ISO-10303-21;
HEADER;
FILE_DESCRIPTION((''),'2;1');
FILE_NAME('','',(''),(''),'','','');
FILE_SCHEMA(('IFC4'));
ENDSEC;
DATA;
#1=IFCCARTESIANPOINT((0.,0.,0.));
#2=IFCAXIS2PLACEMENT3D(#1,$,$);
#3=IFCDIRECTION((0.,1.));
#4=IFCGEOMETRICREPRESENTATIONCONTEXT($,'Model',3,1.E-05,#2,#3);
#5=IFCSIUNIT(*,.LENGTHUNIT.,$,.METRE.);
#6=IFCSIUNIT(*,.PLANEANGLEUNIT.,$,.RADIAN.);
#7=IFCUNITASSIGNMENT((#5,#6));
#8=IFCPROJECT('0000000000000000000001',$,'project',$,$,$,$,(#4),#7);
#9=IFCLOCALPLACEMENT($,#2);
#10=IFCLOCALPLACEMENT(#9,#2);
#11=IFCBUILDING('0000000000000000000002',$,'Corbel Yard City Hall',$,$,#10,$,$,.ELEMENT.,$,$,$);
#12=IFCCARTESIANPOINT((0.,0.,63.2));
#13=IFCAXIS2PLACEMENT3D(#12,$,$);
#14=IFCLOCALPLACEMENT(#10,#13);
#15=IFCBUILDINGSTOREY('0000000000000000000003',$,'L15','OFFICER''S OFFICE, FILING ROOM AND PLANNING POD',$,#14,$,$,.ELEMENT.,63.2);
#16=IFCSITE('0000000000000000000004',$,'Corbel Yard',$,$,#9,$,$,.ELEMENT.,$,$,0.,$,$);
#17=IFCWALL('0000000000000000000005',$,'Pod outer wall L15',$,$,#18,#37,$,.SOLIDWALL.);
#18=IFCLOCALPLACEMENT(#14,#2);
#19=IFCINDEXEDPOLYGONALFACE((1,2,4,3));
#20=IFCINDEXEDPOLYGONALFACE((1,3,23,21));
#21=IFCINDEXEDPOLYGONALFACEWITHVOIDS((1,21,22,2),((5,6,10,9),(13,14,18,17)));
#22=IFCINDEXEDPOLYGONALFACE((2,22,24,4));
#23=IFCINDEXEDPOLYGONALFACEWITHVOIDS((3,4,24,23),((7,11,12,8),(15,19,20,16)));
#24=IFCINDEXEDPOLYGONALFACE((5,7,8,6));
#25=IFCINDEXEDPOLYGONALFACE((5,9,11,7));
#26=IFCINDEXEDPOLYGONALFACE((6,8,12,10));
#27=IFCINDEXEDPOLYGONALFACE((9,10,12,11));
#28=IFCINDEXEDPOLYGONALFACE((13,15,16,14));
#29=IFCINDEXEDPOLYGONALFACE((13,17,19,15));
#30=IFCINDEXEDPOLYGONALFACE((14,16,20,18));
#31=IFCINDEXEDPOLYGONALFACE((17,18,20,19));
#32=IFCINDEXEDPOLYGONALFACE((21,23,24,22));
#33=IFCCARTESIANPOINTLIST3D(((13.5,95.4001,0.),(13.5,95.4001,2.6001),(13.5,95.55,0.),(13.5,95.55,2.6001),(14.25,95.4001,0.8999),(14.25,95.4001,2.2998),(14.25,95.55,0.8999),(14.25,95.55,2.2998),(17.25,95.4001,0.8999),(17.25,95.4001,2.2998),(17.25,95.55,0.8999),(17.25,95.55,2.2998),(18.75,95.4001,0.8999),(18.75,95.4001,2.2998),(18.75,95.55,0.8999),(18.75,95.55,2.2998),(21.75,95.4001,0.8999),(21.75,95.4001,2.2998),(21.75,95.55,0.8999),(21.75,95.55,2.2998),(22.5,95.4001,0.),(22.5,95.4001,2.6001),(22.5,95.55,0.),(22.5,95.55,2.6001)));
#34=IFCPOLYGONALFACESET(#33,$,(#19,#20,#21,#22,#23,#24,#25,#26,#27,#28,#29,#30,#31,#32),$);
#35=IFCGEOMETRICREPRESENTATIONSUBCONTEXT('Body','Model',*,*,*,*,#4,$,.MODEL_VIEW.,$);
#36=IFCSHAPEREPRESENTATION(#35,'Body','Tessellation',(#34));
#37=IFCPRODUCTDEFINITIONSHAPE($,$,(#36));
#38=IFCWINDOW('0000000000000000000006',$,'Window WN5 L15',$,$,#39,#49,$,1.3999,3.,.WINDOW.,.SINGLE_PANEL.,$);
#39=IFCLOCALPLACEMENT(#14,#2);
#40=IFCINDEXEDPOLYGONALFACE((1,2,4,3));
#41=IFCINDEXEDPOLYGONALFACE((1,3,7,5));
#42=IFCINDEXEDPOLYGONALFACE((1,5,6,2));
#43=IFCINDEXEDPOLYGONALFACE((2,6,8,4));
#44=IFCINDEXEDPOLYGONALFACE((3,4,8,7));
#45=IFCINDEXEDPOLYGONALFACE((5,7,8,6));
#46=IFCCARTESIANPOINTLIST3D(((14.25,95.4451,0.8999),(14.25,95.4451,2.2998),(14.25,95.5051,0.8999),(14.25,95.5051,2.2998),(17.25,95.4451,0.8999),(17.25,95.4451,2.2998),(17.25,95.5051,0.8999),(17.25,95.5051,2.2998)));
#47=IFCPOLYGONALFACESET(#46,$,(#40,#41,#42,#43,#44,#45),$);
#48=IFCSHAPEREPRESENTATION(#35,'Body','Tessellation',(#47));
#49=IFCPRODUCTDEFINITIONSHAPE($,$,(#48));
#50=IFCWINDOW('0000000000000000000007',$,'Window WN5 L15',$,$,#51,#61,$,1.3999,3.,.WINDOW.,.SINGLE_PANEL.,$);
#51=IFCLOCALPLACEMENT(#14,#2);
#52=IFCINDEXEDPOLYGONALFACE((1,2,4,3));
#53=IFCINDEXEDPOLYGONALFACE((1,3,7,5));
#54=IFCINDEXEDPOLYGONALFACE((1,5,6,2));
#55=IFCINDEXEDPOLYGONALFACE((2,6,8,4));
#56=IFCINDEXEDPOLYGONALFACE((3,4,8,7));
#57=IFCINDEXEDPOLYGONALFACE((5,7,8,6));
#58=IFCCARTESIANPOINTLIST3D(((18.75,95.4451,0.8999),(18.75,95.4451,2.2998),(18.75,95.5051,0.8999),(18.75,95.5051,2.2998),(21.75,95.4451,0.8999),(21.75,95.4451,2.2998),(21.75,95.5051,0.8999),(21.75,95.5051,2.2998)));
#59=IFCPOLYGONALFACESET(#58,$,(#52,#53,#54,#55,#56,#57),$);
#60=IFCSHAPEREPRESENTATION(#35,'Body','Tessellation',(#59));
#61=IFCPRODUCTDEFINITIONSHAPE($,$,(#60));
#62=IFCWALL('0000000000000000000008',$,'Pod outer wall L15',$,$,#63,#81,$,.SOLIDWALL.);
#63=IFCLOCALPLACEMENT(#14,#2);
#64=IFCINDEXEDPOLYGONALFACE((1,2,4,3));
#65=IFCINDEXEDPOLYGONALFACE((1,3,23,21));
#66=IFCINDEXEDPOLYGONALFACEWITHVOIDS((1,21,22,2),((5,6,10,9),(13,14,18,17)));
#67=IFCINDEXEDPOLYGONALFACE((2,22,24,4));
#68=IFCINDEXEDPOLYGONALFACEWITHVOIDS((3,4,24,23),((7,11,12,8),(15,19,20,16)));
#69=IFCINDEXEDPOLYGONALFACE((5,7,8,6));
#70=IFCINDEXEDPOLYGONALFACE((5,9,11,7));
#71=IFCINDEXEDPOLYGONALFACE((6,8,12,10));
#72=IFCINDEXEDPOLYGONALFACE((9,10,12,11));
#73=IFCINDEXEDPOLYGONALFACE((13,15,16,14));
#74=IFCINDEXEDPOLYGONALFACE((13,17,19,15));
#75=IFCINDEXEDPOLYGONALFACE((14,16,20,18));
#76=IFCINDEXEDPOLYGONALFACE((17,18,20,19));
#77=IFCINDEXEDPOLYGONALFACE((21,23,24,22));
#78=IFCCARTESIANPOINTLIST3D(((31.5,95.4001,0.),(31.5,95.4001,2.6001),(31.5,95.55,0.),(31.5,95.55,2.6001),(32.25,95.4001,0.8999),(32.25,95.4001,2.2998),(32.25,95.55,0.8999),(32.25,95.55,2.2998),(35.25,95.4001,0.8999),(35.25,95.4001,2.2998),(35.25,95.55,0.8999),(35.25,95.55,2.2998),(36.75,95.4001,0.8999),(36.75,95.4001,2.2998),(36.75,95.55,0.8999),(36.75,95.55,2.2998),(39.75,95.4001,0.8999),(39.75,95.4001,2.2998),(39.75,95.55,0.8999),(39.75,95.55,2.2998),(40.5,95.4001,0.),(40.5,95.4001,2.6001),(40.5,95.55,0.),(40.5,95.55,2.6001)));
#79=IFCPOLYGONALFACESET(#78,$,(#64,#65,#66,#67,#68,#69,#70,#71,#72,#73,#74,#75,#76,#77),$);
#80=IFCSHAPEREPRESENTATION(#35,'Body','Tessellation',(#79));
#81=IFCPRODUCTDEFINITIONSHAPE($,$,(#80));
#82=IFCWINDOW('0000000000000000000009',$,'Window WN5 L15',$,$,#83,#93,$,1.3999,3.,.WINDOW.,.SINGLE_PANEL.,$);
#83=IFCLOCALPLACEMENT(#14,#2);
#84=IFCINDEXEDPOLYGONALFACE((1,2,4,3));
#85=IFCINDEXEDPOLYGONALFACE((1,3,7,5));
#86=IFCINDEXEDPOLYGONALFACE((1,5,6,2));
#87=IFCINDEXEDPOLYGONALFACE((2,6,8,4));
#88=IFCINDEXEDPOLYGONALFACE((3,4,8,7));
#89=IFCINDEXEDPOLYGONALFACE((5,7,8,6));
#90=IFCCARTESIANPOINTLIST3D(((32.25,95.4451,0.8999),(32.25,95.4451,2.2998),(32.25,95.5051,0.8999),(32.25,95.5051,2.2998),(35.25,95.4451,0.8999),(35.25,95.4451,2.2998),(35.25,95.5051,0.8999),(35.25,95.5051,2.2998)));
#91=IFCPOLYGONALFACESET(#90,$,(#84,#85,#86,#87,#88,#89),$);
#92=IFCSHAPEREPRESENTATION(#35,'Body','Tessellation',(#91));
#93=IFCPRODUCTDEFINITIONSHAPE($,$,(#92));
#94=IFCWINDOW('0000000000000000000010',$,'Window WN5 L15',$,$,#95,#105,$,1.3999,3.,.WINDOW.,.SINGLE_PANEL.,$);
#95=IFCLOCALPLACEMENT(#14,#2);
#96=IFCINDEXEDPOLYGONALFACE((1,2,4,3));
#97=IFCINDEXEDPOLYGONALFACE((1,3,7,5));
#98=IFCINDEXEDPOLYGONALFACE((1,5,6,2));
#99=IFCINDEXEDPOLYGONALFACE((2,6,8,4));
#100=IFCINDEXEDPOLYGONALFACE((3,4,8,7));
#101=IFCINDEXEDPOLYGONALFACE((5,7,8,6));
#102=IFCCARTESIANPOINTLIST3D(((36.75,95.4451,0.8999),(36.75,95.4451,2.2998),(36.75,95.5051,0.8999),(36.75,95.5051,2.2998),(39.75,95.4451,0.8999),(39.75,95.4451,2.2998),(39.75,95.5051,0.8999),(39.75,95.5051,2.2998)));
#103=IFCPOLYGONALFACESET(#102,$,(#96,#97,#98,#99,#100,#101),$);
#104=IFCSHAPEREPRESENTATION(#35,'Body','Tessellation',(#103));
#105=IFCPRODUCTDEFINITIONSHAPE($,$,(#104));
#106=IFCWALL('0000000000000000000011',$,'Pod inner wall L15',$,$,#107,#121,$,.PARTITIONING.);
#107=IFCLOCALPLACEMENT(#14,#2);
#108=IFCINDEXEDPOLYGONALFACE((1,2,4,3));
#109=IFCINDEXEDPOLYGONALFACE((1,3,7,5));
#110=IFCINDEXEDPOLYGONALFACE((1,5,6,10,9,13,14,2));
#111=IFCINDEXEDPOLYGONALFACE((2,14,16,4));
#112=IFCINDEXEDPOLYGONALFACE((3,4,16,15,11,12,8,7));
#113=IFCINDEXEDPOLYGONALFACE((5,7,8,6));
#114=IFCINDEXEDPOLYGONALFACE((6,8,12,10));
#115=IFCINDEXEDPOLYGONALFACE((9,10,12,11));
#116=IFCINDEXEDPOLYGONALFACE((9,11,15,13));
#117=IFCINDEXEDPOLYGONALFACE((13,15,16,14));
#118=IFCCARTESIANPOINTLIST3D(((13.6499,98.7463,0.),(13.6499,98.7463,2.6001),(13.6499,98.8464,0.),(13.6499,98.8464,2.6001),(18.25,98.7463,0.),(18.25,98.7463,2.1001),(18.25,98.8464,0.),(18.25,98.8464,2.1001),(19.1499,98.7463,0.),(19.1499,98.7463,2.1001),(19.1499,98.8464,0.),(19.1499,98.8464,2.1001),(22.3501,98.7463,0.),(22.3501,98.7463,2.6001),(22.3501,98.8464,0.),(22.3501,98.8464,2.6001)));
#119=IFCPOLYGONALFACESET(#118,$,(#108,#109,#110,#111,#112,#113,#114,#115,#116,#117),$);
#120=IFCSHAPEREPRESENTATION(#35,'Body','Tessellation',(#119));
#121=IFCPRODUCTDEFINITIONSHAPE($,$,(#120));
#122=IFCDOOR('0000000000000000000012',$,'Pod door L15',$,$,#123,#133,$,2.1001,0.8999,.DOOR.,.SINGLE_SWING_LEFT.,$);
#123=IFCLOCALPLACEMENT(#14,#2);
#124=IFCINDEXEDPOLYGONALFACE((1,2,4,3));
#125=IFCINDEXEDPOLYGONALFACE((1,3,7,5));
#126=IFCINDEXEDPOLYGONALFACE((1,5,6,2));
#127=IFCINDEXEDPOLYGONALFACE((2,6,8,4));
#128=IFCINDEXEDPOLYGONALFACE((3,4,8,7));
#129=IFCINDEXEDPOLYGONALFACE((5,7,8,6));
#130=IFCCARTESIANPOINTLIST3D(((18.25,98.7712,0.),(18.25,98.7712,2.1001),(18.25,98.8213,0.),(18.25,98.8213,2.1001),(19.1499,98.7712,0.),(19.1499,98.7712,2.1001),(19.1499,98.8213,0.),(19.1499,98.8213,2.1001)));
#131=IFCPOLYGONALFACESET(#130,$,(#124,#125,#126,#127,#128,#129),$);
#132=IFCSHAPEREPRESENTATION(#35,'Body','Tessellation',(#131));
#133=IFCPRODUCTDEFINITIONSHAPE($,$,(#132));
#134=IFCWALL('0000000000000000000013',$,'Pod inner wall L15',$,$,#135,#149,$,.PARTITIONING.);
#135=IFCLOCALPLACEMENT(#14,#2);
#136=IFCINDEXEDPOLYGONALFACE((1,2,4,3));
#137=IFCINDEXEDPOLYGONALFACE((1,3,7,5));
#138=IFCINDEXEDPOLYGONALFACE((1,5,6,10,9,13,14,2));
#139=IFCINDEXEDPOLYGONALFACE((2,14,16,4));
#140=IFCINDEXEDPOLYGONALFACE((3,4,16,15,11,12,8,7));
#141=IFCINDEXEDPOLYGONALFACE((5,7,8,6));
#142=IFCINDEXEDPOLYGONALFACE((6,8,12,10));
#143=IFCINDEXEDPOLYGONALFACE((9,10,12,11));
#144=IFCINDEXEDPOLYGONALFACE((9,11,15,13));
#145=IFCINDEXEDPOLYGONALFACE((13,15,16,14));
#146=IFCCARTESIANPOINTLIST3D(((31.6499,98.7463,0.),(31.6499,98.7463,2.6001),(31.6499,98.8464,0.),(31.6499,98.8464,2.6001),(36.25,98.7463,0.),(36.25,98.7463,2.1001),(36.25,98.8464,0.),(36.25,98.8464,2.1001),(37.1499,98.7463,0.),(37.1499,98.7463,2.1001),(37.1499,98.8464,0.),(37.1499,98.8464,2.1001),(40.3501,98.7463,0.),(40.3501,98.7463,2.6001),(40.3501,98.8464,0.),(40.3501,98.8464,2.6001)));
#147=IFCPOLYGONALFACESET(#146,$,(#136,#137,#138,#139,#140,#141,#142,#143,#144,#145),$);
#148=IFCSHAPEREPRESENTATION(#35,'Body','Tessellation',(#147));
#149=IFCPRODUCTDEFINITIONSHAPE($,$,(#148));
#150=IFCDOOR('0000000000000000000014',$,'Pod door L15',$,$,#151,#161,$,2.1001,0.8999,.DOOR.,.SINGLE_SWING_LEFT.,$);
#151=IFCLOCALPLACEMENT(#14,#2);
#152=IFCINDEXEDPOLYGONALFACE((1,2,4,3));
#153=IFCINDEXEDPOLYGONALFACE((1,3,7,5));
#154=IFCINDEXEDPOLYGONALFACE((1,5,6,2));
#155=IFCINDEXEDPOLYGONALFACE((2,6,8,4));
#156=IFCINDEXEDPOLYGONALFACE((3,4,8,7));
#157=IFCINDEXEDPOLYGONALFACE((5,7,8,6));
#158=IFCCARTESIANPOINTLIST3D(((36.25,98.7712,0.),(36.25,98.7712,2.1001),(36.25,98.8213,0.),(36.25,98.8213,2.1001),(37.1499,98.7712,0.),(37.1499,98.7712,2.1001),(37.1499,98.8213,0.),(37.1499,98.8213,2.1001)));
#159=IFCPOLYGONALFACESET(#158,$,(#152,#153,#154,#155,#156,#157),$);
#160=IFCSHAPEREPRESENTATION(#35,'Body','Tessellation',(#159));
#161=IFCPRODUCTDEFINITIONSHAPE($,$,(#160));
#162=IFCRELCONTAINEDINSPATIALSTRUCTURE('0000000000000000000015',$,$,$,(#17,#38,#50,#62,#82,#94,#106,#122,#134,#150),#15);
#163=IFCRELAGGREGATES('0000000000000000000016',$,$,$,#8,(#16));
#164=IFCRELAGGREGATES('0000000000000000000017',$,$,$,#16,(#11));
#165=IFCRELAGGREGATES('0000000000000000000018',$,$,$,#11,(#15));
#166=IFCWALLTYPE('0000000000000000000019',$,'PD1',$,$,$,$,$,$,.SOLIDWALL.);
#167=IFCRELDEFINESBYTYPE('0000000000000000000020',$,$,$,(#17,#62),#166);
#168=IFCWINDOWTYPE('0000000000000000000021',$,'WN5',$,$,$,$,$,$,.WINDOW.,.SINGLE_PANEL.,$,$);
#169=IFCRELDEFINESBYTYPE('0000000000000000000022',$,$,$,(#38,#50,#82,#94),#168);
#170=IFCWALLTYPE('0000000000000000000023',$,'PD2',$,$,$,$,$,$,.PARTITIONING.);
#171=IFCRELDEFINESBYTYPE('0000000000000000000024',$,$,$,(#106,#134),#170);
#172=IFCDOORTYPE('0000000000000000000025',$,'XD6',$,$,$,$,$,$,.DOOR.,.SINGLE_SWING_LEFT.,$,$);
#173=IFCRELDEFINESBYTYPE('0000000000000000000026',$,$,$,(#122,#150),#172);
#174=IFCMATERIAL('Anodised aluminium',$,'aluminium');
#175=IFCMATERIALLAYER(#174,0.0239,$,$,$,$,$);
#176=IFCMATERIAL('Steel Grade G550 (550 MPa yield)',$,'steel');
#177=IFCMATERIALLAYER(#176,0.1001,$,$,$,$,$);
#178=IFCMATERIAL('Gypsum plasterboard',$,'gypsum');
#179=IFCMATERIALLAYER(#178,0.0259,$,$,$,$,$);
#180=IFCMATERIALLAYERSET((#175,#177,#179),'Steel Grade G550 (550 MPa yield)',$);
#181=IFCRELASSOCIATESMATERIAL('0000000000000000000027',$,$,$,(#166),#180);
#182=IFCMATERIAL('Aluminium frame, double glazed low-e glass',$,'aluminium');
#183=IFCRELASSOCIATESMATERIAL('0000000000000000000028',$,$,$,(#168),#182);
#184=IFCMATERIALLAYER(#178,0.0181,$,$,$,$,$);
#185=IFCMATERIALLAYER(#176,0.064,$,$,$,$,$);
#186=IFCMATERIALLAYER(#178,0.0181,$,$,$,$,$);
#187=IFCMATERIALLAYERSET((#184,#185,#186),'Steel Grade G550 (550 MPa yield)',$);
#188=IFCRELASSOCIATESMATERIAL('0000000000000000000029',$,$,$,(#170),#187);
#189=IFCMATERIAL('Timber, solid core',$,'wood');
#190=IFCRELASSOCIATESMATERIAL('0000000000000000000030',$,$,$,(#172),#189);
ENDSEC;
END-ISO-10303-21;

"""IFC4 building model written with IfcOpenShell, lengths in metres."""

from ifc_helpers import new_model, si_unit, direction, frame, frame_2d, origin, place, context, subcontext, project, spatial, rectangle, extrude, material, layer, layer_set, type_object, element, fill, save


model = new_model("IFC4")

# Units and contexts
model_context = context("Model", 3, precision=1e-05, world=origin(), true_north=direction((0.0, 1.0)))
body_context = subcontext(model_context, "Body", "Model", "MODEL_VIEW")
ifc_project = project(units=[si_unit("LENGTHUNIT", "METRE"), si_unit("PLANEANGLEUNIT", "RADIAN")], contexts=[model_context])

# Site, building, storey
site_placement = place(None, origin())
site = spatial("IfcSite", under=ifc_project, at=site_placement, Name="Corbel Yard", CompositionType="ELEMENT", RefElevation=0.0)
building_placement = place(site_placement, origin())
building = spatial("IfcBuilding", under=site, at=building_placement, Name="Corbel Yard City Hall", CompositionType="ELEMENT")
storey_placement = place(building_placement, frame((0.0, 0.0, 63.2)))
storey = spatial("IfcBuildingStorey", under=building, at=storey_placement, Name="L15", Description="OFFICER'S OFFICE, FILING ROOM AND PLANNING POD", CompositionType="ELEMENT", Elevation=63.2)

# Walls, openings, windows
ifc_material_1 = material(Name="Anodised aluminium", Category="aluminium")
ifc_layer_1 = layer(ifc_material_1, 0.0239)
ifc_material_2 = material(Name="Steel Grade G550 (550 MPa yield)", Category="steel")
ifc_layer_2 = layer(ifc_material_2, 0.1001)
ifc_material_3 = material(Name="Gypsum plasterboard", Category="gypsum")
ifc_layer_3 = layer(ifc_material_3, 0.0259)
ifc_layer_set_1 = layer_set([ifc_layer_1, ifc_layer_2, ifc_layer_3], Name="Steel Grade G550 (550 MPa yield)")
wall_type_1 = type_object("IfcWallType", Name="PD1", PredefinedType="SOLIDWALL", material=ifc_layer_set_1)
wall_1_placement = place(storey_placement, frame((13.5, 95.4751, 0.0), z_axis=(0.0, 0.0, 1.0), x_axis=(1.0, 0.0, 0.0)))
wall_1 = element("IfcWall", 1, at=wall_1_placement, inside=storey, type_object=wall_type_1, Name="Pod outer wall L15", PredefinedType="SOLIDWALL", context=body_context, shape_type="SweptSolid", body=[
    extrude(rectangle(XDim=9.0, YDim=0.1499, at=frame_2d((4.5, 0.0))), origin(), (0.0, 0.0, 1.0), 2.6001),
])
opening_1_placement = place(wall_1_placement, frame((0.75, 0.0, 0.8999)))
opening_1 = element("IfcOpeningElement", 2, at=opening_1_placement, cuts=wall_1, PredefinedType="OPENING", context=body_context, shape_type="SweptSolid", body=[
    extrude(rectangle(XDim=3.0, YDim=1.3999, at=frame_2d((1.5, 0.7))), frame((0.0, 0.085, 0.0), z_axis=(0.0, -1.0, 0.0), x_axis=(1.0, 0.0, 0.0)), (0.0, 0.0, 1.0), 0.1699),
])
opening_2_placement = place(wall_1_placement, frame((5.25, 0.0, 0.8999)))
opening_2 = element("IfcOpeningElement", 3, at=opening_2_placement, cuts=wall_1, PredefinedType="OPENING", context=body_context, shape_type="SweptSolid", body=[
    extrude(rectangle(XDim=3.0, YDim=1.3999, at=frame_2d((1.5, 0.7))), frame((0.0, 0.085, 0.0), z_axis=(0.0, -1.0, 0.0), x_axis=(1.0, 0.0, 0.0)), (0.0, 0.0, 1.0), 0.1699),
])
ifc_material_4 = material(Name="Aluminium frame, double glazed low-e glass", Category="aluminium")
window_type_1 = type_object("IfcWindowType", Name="WN5", PartitioningType="SINGLE_PANEL", PredefinedType="WINDOW", material=ifc_material_4)
window_1_placement = place(opening_1_placement, origin())
window_1 = element("IfcWindow", 4, at=window_1_placement, inside=storey, type_object=window_type_1, Name="Window WN5 L15", OverallHeight=1.3999, OverallWidth=3.0, PartitioningType="SINGLE_PANEL", PredefinedType="WINDOW", context=body_context, shape_type="SweptSolid", body=[
    extrude(rectangle(XDim=3.0, YDim=1.3999, at=frame_2d((1.5, 0.7))), frame((0.0, 0.03, 0.0), z_axis=(0.0, -1.0, 0.0), x_axis=(1.0, 0.0, 0.0)), (0.0, 0.0, 1.0), 0.0601),
])
fill(opening_1, window_1)
window_2_placement = place(opening_2_placement, origin())
window_2 = element("IfcWindow", 5, at=window_2_placement, inside=storey, type_object=window_type_1, Name="Window WN5 L15", OverallHeight=1.3999, OverallWidth=3.0, PartitioningType="SINGLE_PANEL", PredefinedType="WINDOW", context=body_context, shape_type="SweptSolid", body=[
    extrude(rectangle(XDim=3.0, YDim=1.3999, at=frame_2d((1.5, 0.7))), frame((0.0, 0.03, 0.0), z_axis=(0.0, -1.0, 0.0), x_axis=(1.0, 0.0, 0.0)), (0.0, 0.0, 1.0), 0.0601),
])
fill(opening_2, window_2)
wall_2_placement = place(storey_placement, frame((31.5, 95.4751, 0.0), z_axis=(0.0, 0.0, 1.0), x_axis=(1.0, 0.0, 0.0)))
wall_2 = element("IfcWall", 6, at=wall_2_placement, inside=storey, type_object=wall_type_1, Name="Pod outer wall L15", PredefinedType="SOLIDWALL", context=body_context, shape_type="SweptSolid", body=[
    extrude(rectangle(XDim=9.0, YDim=0.1499, at=frame_2d((4.5, 0.0))), origin(), (0.0, 0.0, 1.0), 2.6001),
])
opening_3_placement = place(wall_2_placement, frame((0.75, 0.0, 0.8999)))
opening_3 = element("IfcOpeningElement", 7, at=opening_3_placement, cuts=wall_2, PredefinedType="OPENING", context=body_context, shape_type="SweptSolid", body=[
    extrude(rectangle(XDim=3.0, YDim=1.3999, at=frame_2d((1.5, 0.7))), frame((0.0, 0.085, 0.0), z_axis=(0.0, -1.0, 0.0), x_axis=(1.0, 0.0, 0.0)), (0.0, 0.0, 1.0), 0.1699),
])
opening_4_placement = place(wall_2_placement, frame((5.25, 0.0, 0.8999)))
opening_4 = element("IfcOpeningElement", 8, at=opening_4_placement, cuts=wall_2, PredefinedType="OPENING", context=body_context, shape_type="SweptSolid", body=[
    extrude(rectangle(XDim=3.0, YDim=1.3999, at=frame_2d((1.5, 0.7))), frame((0.0, 0.085, 0.0), z_axis=(0.0, -1.0, 0.0), x_axis=(1.0, 0.0, 0.0)), (0.0, 0.0, 1.0), 0.1699),
])
window_3_placement = place(opening_3_placement, origin())
window_3 = element("IfcWindow", 9, at=window_3_placement, inside=storey, type_object=window_type_1, Name="Window WN5 L15", OverallHeight=1.3999, OverallWidth=3.0, PartitioningType="SINGLE_PANEL", PredefinedType="WINDOW", context=body_context, shape_type="SweptSolid", body=[
    extrude(rectangle(XDim=3.0, YDim=1.3999, at=frame_2d((1.5, 0.7))), frame((0.0, 0.03, 0.0), z_axis=(0.0, -1.0, 0.0), x_axis=(1.0, 0.0, 0.0)), (0.0, 0.0, 1.0), 0.0601),
])
fill(opening_3, window_3)
window_4_placement = place(opening_4_placement, origin())
window_4 = element("IfcWindow", 10, at=window_4_placement, inside=storey, type_object=window_type_1, Name="Window WN5 L15", OverallHeight=1.3999, OverallWidth=3.0, PartitioningType="SINGLE_PANEL", PredefinedType="WINDOW", context=body_context, shape_type="SweptSolid", body=[
    extrude(rectangle(XDim=3.0, YDim=1.3999, at=frame_2d((1.5, 0.7))), frame((0.0, 0.03, 0.0), z_axis=(0.0, -1.0, 0.0), x_axis=(1.0, 0.0, 0.0)), (0.0, 0.0, 1.0), 0.0601),
])
fill(opening_4, window_4)

# Walls, openings, doors
ifc_layer_4 = layer(ifc_material_3, 0.0181)
ifc_layer_5 = layer(ifc_material_2, 0.064)
ifc_layer_6 = layer(ifc_material_3, 0.0181)
ifc_layer_set_2 = layer_set([ifc_layer_4, ifc_layer_5, ifc_layer_6], Name="Steel Grade G550 (550 MPa yield)")
wall_type_2 = type_object("IfcWallType", Name="PD2", PredefinedType="PARTITIONING", material=ifc_layer_set_2)
wall_3_placement = place(storey_placement, frame((13.6499, 98.7964, 0.0), z_axis=(0.0, 0.0, 1.0), x_axis=(1.0, 0.0, 0.0)))
wall_3 = element("IfcWall", 11, at=wall_3_placement, inside=storey, type_object=wall_type_2, Name="Pod inner wall L15", PredefinedType="PARTITIONING", context=body_context, shape_type="SweptSolid", body=[
    extrude(rectangle(XDim=8.7002, YDim=0.1001, at=frame_2d((4.3501, 0.0))), origin(), (0.0, 0.0, 1.0), 2.6001),
])
opening_5_placement = place(wall_3_placement, frame((4.6001, 0.0, 0.0)))
opening_5 = element("IfcOpeningElement", 12, at=opening_5_placement, cuts=wall_3, PredefinedType="OPENING", context=body_context, shape_type="SweptSolid", body=[
    extrude(rectangle(XDim=0.8999, YDim=2.1001, at=frame_2d((0.45, 1.05))), frame((0.0, 0.0601, 0.0), z_axis=(0.0, -1.0, 0.0), x_axis=(1.0, 0.0, 0.0)), (0.0, 0.0, 1.0), 0.1201),
])
ifc_material_5 = material(Name="Timber, solid core", Category="wood")
door_type = type_object("IfcDoorType", Name="XD6", OperationType="SINGLE_SWING_LEFT", PredefinedType="DOOR", material=ifc_material_5)
door_1_placement = place(opening_5_placement, origin())
door_1 = element("IfcDoor", 13, at=door_1_placement, inside=storey, type_object=door_type, Name="Pod door L15", OperationType="SINGLE_SWING_LEFT", OverallHeight=2.1001, OverallWidth=0.8999, PredefinedType="DOOR", context=body_context, shape_type="SweptSolid", body=[
    extrude(rectangle(XDim=0.8999, YDim=2.1001, at=frame_2d((0.45, 1.05))), frame((0.0, 0.0249, 0.0), z_axis=(0.0, -1.0, 0.0), x_axis=(1.0, 0.0, 0.0)), (0.0, 0.0, 1.0), 0.05),
])
fill(opening_5, door_1)
wall_4_placement = place(storey_placement, frame((31.6499, 98.7964, 0.0), z_axis=(0.0, 0.0, 1.0), x_axis=(1.0, 0.0, 0.0)))
wall_4 = element("IfcWall", 14, at=wall_4_placement, inside=storey, type_object=wall_type_2, Name="Pod inner wall L15", PredefinedType="PARTITIONING", context=body_context, shape_type="SweptSolid", body=[
    extrude(rectangle(XDim=8.7002, YDim=0.1001, at=frame_2d((4.3501, 0.0))), origin(), (0.0, 0.0, 1.0), 2.6001),
])
opening_6_placement = place(wall_4_placement, frame((4.6001, 0.0, 0.0)))
opening_6 = element("IfcOpeningElement", 15, at=opening_6_placement, cuts=wall_4, PredefinedType="OPENING", context=body_context, shape_type="SweptSolid", body=[
    extrude(rectangle(XDim=0.8999, YDim=2.1001, at=frame_2d((0.45, 1.05))), frame((0.0, 0.0601, 0.0), z_axis=(0.0, -1.0, 0.0), x_axis=(1.0, 0.0, 0.0)), (0.0, 0.0, 1.0), 0.1201),
])
door_2_placement = place(opening_6_placement, origin())
door_2 = element("IfcDoor", 16, at=door_2_placement, inside=storey, type_object=door_type, Name="Pod door L15", OperationType="SINGLE_SWING_LEFT", OverallHeight=2.1001, OverallWidth=0.8999, PredefinedType="DOOR", context=body_context, shape_type="SweptSolid", body=[
    extrude(rectangle(XDim=0.8999, YDim=2.1001, at=frame_2d((0.45, 1.05))), frame((0.0, 0.0249, 0.0), z_axis=(0.0, -1.0, 0.0), x_axis=(1.0, 0.0, 0.0)), (0.0, 0.0, 1.0), 0.05),
])
fill(opening_6, door_2)

save(model, "model.ifc")
